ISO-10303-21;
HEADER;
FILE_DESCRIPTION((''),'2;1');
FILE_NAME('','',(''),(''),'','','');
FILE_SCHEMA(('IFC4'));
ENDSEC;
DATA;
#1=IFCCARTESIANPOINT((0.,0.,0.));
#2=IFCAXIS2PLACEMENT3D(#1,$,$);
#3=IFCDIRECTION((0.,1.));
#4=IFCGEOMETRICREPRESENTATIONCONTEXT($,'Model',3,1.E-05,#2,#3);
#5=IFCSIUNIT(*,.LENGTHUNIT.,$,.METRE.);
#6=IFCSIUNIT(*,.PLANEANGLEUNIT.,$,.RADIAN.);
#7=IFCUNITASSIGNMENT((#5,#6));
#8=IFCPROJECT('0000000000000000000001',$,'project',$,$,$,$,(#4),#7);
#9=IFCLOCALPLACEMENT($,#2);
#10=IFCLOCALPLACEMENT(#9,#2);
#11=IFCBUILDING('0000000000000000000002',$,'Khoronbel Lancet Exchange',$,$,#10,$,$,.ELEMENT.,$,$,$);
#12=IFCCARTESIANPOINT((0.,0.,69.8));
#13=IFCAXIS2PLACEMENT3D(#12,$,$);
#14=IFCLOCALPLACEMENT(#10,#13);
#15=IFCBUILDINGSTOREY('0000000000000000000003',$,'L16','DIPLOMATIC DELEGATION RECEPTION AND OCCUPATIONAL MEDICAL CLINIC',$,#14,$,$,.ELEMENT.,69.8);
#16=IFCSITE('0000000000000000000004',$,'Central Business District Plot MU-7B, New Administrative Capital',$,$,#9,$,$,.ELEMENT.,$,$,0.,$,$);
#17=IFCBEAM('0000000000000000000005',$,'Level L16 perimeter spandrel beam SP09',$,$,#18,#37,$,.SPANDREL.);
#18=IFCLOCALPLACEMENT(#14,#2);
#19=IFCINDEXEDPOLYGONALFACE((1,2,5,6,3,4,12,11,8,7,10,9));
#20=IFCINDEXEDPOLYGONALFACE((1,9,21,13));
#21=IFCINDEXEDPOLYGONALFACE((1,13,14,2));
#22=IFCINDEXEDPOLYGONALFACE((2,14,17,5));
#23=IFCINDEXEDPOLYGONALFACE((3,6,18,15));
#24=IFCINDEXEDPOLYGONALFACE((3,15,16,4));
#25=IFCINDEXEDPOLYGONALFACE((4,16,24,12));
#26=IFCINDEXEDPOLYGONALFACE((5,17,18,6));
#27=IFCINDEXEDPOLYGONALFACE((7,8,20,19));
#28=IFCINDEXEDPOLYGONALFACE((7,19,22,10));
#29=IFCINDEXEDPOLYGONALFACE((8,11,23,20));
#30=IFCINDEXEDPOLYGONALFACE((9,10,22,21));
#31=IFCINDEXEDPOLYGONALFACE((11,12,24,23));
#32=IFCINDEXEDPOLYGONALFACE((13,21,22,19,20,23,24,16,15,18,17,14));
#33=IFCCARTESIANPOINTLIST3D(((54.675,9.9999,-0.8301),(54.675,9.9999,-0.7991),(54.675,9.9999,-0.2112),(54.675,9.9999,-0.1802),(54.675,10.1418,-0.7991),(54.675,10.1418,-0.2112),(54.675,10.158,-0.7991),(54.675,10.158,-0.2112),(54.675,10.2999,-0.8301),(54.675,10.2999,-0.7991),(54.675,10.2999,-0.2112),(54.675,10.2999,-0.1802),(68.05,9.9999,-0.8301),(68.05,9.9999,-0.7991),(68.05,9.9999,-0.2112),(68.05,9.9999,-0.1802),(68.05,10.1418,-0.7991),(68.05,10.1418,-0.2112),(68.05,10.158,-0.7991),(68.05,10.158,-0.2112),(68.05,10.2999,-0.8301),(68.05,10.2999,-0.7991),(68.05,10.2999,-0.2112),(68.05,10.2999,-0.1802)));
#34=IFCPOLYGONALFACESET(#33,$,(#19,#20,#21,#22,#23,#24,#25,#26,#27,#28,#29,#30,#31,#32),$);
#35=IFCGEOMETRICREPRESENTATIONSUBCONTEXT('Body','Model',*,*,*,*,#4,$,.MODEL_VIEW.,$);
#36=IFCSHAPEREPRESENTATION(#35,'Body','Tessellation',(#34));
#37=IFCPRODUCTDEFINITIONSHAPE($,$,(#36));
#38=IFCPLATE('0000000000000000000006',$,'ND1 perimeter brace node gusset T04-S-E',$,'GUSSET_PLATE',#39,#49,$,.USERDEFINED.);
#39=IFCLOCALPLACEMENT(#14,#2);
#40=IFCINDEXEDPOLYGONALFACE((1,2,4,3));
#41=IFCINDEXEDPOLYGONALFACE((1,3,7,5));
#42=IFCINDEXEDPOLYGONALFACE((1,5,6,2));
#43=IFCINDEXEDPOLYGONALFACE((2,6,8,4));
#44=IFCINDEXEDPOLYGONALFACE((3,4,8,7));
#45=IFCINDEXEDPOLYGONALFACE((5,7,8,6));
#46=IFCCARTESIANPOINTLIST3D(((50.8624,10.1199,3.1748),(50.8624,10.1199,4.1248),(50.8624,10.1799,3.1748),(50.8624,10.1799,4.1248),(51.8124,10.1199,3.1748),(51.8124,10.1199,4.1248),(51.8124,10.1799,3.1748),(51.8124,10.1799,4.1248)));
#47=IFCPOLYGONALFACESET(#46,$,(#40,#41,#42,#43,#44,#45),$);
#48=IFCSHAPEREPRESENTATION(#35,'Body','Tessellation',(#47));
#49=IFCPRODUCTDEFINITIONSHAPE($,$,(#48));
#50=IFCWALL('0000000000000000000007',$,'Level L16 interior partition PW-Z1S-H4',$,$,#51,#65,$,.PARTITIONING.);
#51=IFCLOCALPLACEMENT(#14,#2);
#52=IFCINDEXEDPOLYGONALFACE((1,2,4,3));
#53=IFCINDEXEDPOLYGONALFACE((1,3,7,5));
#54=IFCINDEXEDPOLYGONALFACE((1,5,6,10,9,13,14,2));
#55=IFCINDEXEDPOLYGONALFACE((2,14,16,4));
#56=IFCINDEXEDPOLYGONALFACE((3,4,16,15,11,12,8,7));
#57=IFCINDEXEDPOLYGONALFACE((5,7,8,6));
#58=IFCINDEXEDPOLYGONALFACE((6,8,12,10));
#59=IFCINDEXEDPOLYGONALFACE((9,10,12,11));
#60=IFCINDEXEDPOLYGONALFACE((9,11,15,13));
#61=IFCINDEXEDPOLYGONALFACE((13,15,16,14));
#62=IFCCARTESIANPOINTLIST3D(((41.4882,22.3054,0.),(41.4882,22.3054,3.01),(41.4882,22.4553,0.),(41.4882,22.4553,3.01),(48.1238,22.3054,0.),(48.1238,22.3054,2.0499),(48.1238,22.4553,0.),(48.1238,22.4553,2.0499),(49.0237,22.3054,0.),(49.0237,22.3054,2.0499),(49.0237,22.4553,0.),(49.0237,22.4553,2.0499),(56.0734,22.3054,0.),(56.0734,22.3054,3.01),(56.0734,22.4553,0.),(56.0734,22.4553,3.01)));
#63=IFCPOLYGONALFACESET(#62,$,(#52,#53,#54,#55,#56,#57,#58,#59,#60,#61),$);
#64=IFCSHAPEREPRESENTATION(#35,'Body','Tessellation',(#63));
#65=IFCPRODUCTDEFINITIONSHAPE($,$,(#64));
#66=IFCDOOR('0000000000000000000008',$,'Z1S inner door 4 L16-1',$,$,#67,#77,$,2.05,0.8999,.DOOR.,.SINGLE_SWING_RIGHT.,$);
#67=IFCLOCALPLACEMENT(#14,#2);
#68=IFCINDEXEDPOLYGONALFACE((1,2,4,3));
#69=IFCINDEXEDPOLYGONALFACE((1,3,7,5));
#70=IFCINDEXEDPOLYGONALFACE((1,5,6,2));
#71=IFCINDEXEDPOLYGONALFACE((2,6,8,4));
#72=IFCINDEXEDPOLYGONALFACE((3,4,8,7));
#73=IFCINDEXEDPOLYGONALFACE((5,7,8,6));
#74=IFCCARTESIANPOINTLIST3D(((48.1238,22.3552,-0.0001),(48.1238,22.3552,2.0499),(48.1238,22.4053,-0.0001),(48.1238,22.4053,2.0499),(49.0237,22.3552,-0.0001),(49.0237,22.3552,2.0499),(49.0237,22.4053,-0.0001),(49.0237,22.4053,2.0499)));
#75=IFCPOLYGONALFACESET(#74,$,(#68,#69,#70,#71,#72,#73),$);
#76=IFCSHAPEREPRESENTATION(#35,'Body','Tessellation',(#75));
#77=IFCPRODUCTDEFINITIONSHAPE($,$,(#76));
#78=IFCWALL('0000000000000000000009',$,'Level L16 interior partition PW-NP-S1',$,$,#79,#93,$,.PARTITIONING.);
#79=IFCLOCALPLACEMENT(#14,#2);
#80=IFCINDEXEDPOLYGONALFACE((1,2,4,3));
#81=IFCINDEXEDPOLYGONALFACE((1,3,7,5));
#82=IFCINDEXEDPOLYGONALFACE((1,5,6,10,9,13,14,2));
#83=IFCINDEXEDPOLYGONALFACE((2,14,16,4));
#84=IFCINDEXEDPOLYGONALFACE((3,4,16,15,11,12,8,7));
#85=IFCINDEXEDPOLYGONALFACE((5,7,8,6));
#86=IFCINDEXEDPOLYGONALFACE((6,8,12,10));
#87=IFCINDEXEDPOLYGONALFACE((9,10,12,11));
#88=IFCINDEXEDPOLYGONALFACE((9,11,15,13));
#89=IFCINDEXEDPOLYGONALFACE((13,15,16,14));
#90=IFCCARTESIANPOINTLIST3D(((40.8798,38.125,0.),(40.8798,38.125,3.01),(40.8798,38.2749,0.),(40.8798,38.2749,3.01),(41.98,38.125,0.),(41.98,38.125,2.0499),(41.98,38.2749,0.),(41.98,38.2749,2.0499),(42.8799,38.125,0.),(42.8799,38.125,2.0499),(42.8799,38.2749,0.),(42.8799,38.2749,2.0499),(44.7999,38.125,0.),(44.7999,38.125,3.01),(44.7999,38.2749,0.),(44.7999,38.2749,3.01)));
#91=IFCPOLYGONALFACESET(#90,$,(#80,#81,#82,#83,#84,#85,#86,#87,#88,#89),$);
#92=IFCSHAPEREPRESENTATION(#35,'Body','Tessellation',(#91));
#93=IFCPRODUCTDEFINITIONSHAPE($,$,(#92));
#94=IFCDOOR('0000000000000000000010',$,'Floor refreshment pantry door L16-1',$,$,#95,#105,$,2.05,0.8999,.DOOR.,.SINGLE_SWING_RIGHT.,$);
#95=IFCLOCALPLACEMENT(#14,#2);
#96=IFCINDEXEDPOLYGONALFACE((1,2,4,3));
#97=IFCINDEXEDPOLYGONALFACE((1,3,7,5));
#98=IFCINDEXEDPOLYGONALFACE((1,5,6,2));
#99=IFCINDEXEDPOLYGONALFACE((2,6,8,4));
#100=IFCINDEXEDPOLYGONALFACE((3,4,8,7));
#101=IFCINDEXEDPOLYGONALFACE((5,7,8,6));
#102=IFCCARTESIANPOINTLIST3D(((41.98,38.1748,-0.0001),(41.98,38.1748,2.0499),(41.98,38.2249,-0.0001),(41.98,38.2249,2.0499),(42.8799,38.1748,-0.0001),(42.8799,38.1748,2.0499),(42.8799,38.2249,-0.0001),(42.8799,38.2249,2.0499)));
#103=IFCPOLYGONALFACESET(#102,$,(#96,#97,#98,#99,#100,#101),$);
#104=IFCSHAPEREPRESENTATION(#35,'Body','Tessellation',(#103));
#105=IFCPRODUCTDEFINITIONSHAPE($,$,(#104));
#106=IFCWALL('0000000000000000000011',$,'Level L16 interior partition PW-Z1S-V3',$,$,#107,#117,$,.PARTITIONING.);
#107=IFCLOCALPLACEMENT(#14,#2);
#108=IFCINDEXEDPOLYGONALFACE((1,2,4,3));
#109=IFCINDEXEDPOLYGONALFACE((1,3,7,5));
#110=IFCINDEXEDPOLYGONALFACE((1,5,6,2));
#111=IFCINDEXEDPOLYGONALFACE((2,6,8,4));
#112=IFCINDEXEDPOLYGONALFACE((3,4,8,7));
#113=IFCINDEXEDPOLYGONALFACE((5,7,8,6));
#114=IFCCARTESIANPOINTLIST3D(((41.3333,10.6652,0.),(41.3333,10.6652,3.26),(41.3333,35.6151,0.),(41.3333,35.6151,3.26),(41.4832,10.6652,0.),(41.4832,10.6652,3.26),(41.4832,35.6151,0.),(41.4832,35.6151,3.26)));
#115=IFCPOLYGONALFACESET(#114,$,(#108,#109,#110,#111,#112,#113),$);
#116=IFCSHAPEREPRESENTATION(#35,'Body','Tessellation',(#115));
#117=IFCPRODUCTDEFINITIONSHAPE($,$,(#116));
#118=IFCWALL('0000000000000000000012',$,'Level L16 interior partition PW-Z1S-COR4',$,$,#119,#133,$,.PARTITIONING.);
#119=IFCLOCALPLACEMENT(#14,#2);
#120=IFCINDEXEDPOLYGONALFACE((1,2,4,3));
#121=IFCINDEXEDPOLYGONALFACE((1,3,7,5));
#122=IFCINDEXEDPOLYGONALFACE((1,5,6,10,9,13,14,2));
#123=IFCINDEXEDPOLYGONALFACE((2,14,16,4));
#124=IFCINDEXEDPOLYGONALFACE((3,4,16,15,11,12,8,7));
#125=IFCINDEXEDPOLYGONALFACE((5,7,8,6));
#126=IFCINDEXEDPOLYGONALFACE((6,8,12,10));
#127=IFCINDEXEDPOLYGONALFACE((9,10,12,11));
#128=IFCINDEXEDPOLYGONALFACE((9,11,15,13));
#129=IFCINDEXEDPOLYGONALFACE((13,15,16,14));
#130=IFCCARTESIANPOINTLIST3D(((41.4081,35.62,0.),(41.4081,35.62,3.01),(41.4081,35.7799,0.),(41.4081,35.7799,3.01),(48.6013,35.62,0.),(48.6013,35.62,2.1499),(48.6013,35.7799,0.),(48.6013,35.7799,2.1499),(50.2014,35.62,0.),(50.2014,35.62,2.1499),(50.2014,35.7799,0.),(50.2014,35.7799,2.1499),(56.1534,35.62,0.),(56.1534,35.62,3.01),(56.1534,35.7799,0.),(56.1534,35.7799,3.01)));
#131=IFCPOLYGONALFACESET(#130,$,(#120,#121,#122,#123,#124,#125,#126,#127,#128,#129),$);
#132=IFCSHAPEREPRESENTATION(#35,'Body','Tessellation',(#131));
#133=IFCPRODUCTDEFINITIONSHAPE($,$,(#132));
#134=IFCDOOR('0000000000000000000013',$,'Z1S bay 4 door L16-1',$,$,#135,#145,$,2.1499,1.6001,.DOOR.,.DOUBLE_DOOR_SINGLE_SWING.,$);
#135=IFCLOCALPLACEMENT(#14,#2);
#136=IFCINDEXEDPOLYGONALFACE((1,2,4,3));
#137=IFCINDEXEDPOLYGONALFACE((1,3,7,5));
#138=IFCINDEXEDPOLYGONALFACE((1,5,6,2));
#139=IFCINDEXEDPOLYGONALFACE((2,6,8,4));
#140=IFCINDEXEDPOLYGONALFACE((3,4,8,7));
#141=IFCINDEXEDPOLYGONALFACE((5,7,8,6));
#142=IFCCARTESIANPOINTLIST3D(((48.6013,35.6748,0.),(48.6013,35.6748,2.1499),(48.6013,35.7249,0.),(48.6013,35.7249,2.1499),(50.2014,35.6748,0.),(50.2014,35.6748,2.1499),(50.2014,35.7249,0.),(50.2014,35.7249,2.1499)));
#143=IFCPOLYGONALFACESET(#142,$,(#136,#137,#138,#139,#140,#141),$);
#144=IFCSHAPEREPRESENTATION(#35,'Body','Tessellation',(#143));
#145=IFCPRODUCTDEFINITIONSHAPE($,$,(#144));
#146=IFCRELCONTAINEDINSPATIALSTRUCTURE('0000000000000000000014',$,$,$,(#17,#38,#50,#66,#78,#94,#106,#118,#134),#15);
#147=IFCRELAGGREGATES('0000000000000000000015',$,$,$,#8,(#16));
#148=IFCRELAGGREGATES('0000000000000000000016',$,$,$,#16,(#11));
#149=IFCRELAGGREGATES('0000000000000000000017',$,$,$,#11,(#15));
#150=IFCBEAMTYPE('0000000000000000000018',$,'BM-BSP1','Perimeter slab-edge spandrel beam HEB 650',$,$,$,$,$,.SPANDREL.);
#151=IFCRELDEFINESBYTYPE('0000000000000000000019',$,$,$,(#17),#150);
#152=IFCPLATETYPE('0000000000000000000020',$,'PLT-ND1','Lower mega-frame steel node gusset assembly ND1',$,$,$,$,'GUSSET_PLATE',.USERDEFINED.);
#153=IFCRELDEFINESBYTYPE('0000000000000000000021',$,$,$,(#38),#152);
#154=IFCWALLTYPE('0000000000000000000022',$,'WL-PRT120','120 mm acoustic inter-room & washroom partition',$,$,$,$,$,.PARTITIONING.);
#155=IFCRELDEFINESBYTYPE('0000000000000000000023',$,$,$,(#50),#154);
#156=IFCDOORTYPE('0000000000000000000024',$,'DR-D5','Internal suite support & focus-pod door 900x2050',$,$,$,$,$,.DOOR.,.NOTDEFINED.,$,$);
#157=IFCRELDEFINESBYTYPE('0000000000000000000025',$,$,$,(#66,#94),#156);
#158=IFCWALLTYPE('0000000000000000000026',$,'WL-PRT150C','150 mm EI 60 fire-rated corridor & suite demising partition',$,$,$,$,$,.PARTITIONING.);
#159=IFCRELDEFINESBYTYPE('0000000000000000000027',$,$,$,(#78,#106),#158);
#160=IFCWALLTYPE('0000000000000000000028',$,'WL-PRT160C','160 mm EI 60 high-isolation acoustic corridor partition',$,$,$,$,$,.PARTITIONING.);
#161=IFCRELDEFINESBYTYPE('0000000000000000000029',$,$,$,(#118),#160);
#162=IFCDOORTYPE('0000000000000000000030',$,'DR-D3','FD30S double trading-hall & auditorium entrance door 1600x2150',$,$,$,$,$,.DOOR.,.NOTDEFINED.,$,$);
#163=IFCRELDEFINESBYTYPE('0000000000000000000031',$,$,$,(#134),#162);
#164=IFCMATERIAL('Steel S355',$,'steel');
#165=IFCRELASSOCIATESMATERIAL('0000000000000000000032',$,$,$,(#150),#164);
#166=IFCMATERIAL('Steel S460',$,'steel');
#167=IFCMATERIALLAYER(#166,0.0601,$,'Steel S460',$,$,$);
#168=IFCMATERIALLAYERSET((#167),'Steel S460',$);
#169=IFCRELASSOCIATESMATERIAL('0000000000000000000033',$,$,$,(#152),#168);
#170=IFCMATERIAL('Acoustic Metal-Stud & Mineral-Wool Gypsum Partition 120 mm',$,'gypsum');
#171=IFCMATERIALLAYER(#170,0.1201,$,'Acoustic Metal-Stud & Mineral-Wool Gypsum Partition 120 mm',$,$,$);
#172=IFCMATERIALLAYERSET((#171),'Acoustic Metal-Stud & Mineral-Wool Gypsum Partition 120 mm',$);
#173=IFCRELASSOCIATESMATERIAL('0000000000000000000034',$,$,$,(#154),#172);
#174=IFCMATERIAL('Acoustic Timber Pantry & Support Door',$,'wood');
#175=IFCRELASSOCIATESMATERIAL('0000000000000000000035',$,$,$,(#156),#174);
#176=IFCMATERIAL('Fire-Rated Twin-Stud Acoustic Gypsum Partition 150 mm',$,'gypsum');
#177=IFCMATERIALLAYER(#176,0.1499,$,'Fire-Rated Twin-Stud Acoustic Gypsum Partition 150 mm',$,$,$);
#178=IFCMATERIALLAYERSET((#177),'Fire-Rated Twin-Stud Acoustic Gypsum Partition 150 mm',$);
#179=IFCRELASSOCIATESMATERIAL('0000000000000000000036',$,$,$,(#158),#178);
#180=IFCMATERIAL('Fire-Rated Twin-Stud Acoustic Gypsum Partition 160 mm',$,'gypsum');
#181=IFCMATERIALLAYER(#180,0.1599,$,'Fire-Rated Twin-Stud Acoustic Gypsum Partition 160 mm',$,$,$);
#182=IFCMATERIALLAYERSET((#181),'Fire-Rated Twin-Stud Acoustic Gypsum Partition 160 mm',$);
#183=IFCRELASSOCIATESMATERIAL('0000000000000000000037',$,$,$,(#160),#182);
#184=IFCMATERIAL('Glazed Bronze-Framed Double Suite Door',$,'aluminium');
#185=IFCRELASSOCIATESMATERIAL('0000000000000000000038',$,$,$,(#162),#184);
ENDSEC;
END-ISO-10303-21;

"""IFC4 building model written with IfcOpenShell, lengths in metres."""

from ifc_helpers import new_model, si_unit, direction, frame, frame_2d, origin, origin_2d, place, context, subcontext, project, spatial, rectangle, i_section, extrude, material, layer, layer_set, material_profile, profile_set, type_object, element, fill, save


model = new_model("IFC4")

# Units and contexts
model_context = context("Model", 3, precision=1e-05, world=origin(), true_north=direction((0.0, 1.0)))
body_context = subcontext(model_context, "Body", "Model", "MODEL_VIEW")
ifc_project = project(units=[si_unit("LENGTHUNIT", "METRE"), si_unit("PLANEANGLEUNIT", "RADIAN")], contexts=[model_context])

# Site, building, storey
site_placement = place(None, origin())
site = spatial("IfcSite", under=ifc_project, at=site_placement, Name="Central Business District Plot MU-7B, New Administrative Capital", CompositionType="ELEMENT", RefElevation=0.0)
building_placement = place(site_placement, origin())
building = spatial("IfcBuilding", under=site, at=building_placement, Name="Khoronbel Lancet Exchange", CompositionType="ELEMENT")
storey_placement = place(building_placement, frame((0.0, 0.0, 69.8)))
storey = spatial("IfcBuildingStorey", under=building, at=storey_placement, Name="L16", Description="DIPLOMATIC DELEGATION RECEPTION AND OCCUPATIONAL MEDICAL CLINIC", CompositionType="ELEMENT", Elevation=69.8)

# Shared definitions
ifc_material_1 = material(Name="Steel S460", Category="steel")

# Beam
ifc_material_2 = material(Name="Steel S355", Category="steel")
ifc_material_profile_1 = material_profile(ifc_material_2, i_section(OverallWidth=0.3, OverallDepth=0.6499, WebThickness=0.0161, FlangeThickness=0.031, at=origin_2d()), Name="HEB 650")
ifc_profile_set_1 = profile_set([ifc_material_profile_1], Name="Steel S355")
beam_type_1 = type_object("IfcBeamType", Name="BM-BSP1", Description="Perimeter slab-edge spandrel beam HEB 650", PredefinedType="SPANDREL", material=ifc_profile_set_1)
beam_1_placement = place(storey_placement, frame((54.675, 10.1499, -0.5051), z_axis=(1.0, 0.0, 0.0), x_axis=(0.0, 1.0, 0.0)))
element("IfcBeam", 1, at=beam_1_placement, inside=storey, type_object=beam_type_1, Name="Level L16 perimeter spandrel beam SP09", PredefinedType="SPANDREL", context=body_context, shape_type="SweptSolid", body=[
    extrude(i_section(OverallWidth=0.3, OverallDepth=0.6499, WebThickness=0.0161, FlangeThickness=0.031, at=origin_2d()), origin(), (0.0, 0.0, 1.0), 13.375),
])

# Plate
ifc_layer_1 = layer(ifc_material_1, 0.0601, Name="Steel S460")
ifc_layer_set_1 = layer_set([ifc_layer_1], Name="Steel S460")
plate_type = type_object("IfcPlateType", Name="PLT-ND1", Description="Lower mega-frame steel node gusset assembly ND1", ElementType="GUSSET_PLATE", PredefinedType="USERDEFINED", material=ifc_layer_set_1)
plate_placement = place(storey_placement, frame((51.3374, 10.1499, 3.1748), z_axis=(0.0, 0.0, 1.0), x_axis=(1.0, 0.0, 0.0)))
element("IfcPlate", 2, at=plate_placement, inside=storey, type_object=plate_type, Name="ND1 perimeter brace node gusset T04-S-E", ObjectType="GUSSET_PLATE", PredefinedType="USERDEFINED", context=body_context, shape_type="SweptSolid", body=[
    extrude(rectangle(XDim=0.95, YDim=0.0601, at=origin_2d()), origin(), (0.0, 0.0, 1.0), 0.95),
])

# Walls, openings, doors
ifc_material_3 = material(Name="Acoustic Metal-Stud & Mineral-Wool Gypsum Partition 120 mm", Category="gypsum")
ifc_layer_2 = layer(ifc_material_3, 0.1201, Name="Acoustic Metal-Stud & Mineral-Wool Gypsum Partition 120 mm")
ifc_layer_set_2 = layer_set([ifc_layer_2], Name="Acoustic Metal-Stud & Mineral-Wool Gypsum Partition 120 mm")
wall_type_1 = type_object("IfcWallType", Name="WL-PRT120", Description="120 mm acoustic inter-room & washroom partition", PredefinedType="PARTITIONING", material=ifc_layer_set_2)
wall_1_placement = place(storey_placement, frame((41.4883, 22.3804, 0.0), z_axis=(0.0, 0.0, 1.0), x_axis=(1.0, 0.0, 0.0)))
wall_1 = element("IfcWall", 3, at=wall_1_placement, inside=storey, type_object=wall_type_1, Name="Level L16 interior partition PW-Z1S-H4", PredefinedType="PARTITIONING", context=body_context, shape_type="SweptSolid", body=[
    extrude(rectangle(XDim=14.5852, YDim=0.1499, at=frame_2d((7.2925, 0.0))), origin(), (0.0, 0.0, 1.0), 3.01),
])
opening_1_placement = place(wall_1_placement, frame((6.6355, 0.0, 0.0)))
opening_1 = element("IfcOpeningElement", 4, at=opening_1_placement, cuts=wall_1, PredefinedType="OPENING", context=body_context, shape_type="SweptSolid", body=[
    extrude(rectangle(XDim=0.8999, YDim=2.05, at=frame_2d((0.45, 1.0249))), frame((0.0, 0.085, 0.0), z_axis=(0.0, -1.0, 0.0), x_axis=(1.0, 0.0, 0.0)), (0.0, 0.0, 1.0), 0.1699),
])
ifc_material_4 = material(Name="Acoustic Timber Pantry & Support Door", Category="wood")
door_type_1 = type_object("IfcDoorType", Name="DR-D5", Description="Internal suite support & focus-pod door 900x2050", OperationType="NOTDEFINED", PredefinedType="DOOR", material=ifc_material_4)
door_1_placement = place(opening_1_placement, origin())
door_1 = element("IfcDoor", 5, at=door_1_placement, inside=storey, type_object=door_type_1, Name="Z1S inner door 4 L16-1", OperationType="SINGLE_SWING_RIGHT", OverallHeight=2.05, OverallWidth=0.8999, PredefinedType="DOOR", context=body_context, shape_type="SweptSolid", body=[
    extrude(rectangle(XDim=0.8999, YDim=2.05, at=frame_2d((0.45, 1.0249))), frame((0.0, 0.0249, 0.0), z_axis=(0.0, -1.0, 0.0), x_axis=(1.0, 0.0, 0.0)), (0.0, 0.0, 1.0), 0.05),
])
fill(opening_1, door_1)
ifc_material_5 = material(Name="Fire-Rated Twin-Stud Acoustic Gypsum Partition 150 mm", Category="gypsum")
ifc_layer_3 = layer(ifc_material_5, 0.1499, Name="Fire-Rated Twin-Stud Acoustic Gypsum Partition 150 mm")
ifc_layer_set_3 = layer_set([ifc_layer_3], Name="Fire-Rated Twin-Stud Acoustic Gypsum Partition 150 mm")
wall_type_2 = type_object("IfcWallType", Name="WL-PRT150C", Description="150 mm EI 60 fire-rated corridor & suite demising partition", PredefinedType="PARTITIONING", material=ifc_layer_set_3)
wall_2_placement = place(storey_placement, frame((40.8799, 38.2, 0.0), z_axis=(0.0, 0.0, 1.0), x_axis=(1.0, 0.0, 0.0)))
wall_2 = element("IfcWall", 6, at=wall_2_placement, inside=storey, type_object=wall_type_2, Name="Level L16 interior partition PW-NP-S1", PredefinedType="PARTITIONING", context=body_context, shape_type="SweptSolid", body=[
    extrude(rectangle(XDim=3.9202, YDim=0.1499, at=frame_2d((1.96, 0.0))), origin(), (0.0, 0.0, 1.0), 3.01),
])
opening_2_placement = place(wall_2_placement, frame((1.1001, 0.0, 0.0)))
opening_2 = element("IfcOpeningElement", 7, at=opening_2_placement, cuts=wall_2, PredefinedType="OPENING", context=body_context, shape_type="SweptSolid", body=[
    extrude(rectangle(XDim=0.8999, YDim=2.05, at=frame_2d((0.45, 1.0249))), frame((0.0, 0.085, 0.0), z_axis=(0.0, -1.0, 0.0), x_axis=(1.0, 0.0, 0.0)), (0.0, 0.0, 1.0), 0.1699),
])
door_2_placement = place(opening_2_placement, origin())
door_2 = element("IfcDoor", 8, at=door_2_placement, inside=storey, type_object=door_type_1, Name="Floor refreshment pantry door L16-1", OperationType="SINGLE_SWING_RIGHT", OverallHeight=2.05, OverallWidth=0.8999, PredefinedType="DOOR", context=body_context, shape_type="SweptSolid", body=[
    extrude(rectangle(XDim=0.8999, YDim=2.05, at=frame_2d((0.45, 1.0249))), frame((0.0, 0.0249, 0.0), z_axis=(0.0, -1.0, 0.0), x_axis=(1.0, 0.0, 0.0)), (0.0, 0.0, 1.0), 0.05),
])
fill(opening_2, door_2)

# Wall
wall_3_placement = place(storey_placement, frame((41.4082, 10.665, 0.0), z_axis=(0.0, 0.0, 1.0), x_axis=(0.0, 1.0, 0.0)))
element("IfcWall", 9, at=wall_3_placement, inside=storey, type_object=wall_type_2, Name="Level L16 interior partition PW-Z1S-V3", PredefinedType="PARTITIONING", context=body_context, shape_type="SweptSolid", body=[
    extrude(rectangle(XDim=24.95, YDim=0.1499, at=frame_2d((12.4751, 0.0))), origin(), (0.0, 0.0, 1.0), 3.26),
])

# Wall, opening, door
ifc_material_6 = material(Name="Fire-Rated Twin-Stud Acoustic Gypsum Partition 160 mm", Category="gypsum")
ifc_layer_4 = layer(ifc_material_6, 0.1599, Name="Fire-Rated Twin-Stud Acoustic Gypsum Partition 160 mm")
ifc_layer_set_4 = layer_set([ifc_layer_4], Name="Fire-Rated Twin-Stud Acoustic Gypsum Partition 160 mm")
wall_type_3 = type_object("IfcWallType", Name="WL-PRT160C", Description="160 mm EI 60 high-isolation acoustic corridor partition", PredefinedType="PARTITIONING", material=ifc_layer_set_4)
wall_4_placement = place(storey_placement, frame((41.4082, 35.7, 0.0), z_axis=(0.0, 0.0, 1.0), x_axis=(1.0, 0.0, 0.0)))
wall_4 = element("IfcWall", 10, at=wall_4_placement, inside=storey, type_object=wall_type_3, Name="Level L16 interior partition PW-Z1S-COR4", PredefinedType="PARTITIONING", context=body_context, shape_type="SweptSolid", body=[
    extrude(rectangle(XDim=14.7454, YDim=0.1599, at=frame_2d((7.3726, 0.0))), origin(), (0.0, 0.0, 1.0), 3.01),
])
opening_3_placement = place(wall_4_placement, frame((7.1931, 0.0, 0.0)))
opening_3 = element("IfcOpeningElement", 11, at=opening_3_placement, cuts=wall_4, PredefinedType="OPENING", context=body_context, shape_type="SweptSolid", body=[
    extrude(rectangle(XDim=1.6001, YDim=2.1499, at=frame_2d((0.8, 1.075))), frame((0.0, 0.0898, 0.0), z_axis=(0.0, -1.0, 0.0), x_axis=(1.0, 0.0, 0.0)), (0.0, 0.0, 1.0), 0.1799),
])
ifc_material_7 = material(Name="Glazed Bronze-Framed Double Suite Door", Category="aluminium")
door_type_2 = type_object("IfcDoorType", Name="DR-D3", Description="FD30S double trading-hall & auditorium entrance door 1600x2150", OperationType="NOTDEFINED", PredefinedType="DOOR", material=ifc_material_7)
door_3_placement = place(opening_3_placement, origin())
door_3 = element("IfcDoor", 12, at=door_3_placement, inside=storey, type_object=door_type_2, Name="Z1S bay 4 door L16-1", OperationType="DOUBLE_DOOR_SINGLE_SWING", OverallHeight=2.1499, OverallWidth=1.6001, PredefinedType="DOOR", context=body_context, shape_type="SweptSolid", body=[
    extrude(rectangle(XDim=1.6001, YDim=2.1499, at=frame_2d((0.8, 1.075))), frame((0.0, 0.0249, 0.0), z_axis=(0.0, -1.0, 0.0), x_axis=(1.0, 0.0, 0.0)), (0.0, 0.0, 1.0), 0.05),
])
fill(opening_3, door_3)

save(model, "model.ifc")
